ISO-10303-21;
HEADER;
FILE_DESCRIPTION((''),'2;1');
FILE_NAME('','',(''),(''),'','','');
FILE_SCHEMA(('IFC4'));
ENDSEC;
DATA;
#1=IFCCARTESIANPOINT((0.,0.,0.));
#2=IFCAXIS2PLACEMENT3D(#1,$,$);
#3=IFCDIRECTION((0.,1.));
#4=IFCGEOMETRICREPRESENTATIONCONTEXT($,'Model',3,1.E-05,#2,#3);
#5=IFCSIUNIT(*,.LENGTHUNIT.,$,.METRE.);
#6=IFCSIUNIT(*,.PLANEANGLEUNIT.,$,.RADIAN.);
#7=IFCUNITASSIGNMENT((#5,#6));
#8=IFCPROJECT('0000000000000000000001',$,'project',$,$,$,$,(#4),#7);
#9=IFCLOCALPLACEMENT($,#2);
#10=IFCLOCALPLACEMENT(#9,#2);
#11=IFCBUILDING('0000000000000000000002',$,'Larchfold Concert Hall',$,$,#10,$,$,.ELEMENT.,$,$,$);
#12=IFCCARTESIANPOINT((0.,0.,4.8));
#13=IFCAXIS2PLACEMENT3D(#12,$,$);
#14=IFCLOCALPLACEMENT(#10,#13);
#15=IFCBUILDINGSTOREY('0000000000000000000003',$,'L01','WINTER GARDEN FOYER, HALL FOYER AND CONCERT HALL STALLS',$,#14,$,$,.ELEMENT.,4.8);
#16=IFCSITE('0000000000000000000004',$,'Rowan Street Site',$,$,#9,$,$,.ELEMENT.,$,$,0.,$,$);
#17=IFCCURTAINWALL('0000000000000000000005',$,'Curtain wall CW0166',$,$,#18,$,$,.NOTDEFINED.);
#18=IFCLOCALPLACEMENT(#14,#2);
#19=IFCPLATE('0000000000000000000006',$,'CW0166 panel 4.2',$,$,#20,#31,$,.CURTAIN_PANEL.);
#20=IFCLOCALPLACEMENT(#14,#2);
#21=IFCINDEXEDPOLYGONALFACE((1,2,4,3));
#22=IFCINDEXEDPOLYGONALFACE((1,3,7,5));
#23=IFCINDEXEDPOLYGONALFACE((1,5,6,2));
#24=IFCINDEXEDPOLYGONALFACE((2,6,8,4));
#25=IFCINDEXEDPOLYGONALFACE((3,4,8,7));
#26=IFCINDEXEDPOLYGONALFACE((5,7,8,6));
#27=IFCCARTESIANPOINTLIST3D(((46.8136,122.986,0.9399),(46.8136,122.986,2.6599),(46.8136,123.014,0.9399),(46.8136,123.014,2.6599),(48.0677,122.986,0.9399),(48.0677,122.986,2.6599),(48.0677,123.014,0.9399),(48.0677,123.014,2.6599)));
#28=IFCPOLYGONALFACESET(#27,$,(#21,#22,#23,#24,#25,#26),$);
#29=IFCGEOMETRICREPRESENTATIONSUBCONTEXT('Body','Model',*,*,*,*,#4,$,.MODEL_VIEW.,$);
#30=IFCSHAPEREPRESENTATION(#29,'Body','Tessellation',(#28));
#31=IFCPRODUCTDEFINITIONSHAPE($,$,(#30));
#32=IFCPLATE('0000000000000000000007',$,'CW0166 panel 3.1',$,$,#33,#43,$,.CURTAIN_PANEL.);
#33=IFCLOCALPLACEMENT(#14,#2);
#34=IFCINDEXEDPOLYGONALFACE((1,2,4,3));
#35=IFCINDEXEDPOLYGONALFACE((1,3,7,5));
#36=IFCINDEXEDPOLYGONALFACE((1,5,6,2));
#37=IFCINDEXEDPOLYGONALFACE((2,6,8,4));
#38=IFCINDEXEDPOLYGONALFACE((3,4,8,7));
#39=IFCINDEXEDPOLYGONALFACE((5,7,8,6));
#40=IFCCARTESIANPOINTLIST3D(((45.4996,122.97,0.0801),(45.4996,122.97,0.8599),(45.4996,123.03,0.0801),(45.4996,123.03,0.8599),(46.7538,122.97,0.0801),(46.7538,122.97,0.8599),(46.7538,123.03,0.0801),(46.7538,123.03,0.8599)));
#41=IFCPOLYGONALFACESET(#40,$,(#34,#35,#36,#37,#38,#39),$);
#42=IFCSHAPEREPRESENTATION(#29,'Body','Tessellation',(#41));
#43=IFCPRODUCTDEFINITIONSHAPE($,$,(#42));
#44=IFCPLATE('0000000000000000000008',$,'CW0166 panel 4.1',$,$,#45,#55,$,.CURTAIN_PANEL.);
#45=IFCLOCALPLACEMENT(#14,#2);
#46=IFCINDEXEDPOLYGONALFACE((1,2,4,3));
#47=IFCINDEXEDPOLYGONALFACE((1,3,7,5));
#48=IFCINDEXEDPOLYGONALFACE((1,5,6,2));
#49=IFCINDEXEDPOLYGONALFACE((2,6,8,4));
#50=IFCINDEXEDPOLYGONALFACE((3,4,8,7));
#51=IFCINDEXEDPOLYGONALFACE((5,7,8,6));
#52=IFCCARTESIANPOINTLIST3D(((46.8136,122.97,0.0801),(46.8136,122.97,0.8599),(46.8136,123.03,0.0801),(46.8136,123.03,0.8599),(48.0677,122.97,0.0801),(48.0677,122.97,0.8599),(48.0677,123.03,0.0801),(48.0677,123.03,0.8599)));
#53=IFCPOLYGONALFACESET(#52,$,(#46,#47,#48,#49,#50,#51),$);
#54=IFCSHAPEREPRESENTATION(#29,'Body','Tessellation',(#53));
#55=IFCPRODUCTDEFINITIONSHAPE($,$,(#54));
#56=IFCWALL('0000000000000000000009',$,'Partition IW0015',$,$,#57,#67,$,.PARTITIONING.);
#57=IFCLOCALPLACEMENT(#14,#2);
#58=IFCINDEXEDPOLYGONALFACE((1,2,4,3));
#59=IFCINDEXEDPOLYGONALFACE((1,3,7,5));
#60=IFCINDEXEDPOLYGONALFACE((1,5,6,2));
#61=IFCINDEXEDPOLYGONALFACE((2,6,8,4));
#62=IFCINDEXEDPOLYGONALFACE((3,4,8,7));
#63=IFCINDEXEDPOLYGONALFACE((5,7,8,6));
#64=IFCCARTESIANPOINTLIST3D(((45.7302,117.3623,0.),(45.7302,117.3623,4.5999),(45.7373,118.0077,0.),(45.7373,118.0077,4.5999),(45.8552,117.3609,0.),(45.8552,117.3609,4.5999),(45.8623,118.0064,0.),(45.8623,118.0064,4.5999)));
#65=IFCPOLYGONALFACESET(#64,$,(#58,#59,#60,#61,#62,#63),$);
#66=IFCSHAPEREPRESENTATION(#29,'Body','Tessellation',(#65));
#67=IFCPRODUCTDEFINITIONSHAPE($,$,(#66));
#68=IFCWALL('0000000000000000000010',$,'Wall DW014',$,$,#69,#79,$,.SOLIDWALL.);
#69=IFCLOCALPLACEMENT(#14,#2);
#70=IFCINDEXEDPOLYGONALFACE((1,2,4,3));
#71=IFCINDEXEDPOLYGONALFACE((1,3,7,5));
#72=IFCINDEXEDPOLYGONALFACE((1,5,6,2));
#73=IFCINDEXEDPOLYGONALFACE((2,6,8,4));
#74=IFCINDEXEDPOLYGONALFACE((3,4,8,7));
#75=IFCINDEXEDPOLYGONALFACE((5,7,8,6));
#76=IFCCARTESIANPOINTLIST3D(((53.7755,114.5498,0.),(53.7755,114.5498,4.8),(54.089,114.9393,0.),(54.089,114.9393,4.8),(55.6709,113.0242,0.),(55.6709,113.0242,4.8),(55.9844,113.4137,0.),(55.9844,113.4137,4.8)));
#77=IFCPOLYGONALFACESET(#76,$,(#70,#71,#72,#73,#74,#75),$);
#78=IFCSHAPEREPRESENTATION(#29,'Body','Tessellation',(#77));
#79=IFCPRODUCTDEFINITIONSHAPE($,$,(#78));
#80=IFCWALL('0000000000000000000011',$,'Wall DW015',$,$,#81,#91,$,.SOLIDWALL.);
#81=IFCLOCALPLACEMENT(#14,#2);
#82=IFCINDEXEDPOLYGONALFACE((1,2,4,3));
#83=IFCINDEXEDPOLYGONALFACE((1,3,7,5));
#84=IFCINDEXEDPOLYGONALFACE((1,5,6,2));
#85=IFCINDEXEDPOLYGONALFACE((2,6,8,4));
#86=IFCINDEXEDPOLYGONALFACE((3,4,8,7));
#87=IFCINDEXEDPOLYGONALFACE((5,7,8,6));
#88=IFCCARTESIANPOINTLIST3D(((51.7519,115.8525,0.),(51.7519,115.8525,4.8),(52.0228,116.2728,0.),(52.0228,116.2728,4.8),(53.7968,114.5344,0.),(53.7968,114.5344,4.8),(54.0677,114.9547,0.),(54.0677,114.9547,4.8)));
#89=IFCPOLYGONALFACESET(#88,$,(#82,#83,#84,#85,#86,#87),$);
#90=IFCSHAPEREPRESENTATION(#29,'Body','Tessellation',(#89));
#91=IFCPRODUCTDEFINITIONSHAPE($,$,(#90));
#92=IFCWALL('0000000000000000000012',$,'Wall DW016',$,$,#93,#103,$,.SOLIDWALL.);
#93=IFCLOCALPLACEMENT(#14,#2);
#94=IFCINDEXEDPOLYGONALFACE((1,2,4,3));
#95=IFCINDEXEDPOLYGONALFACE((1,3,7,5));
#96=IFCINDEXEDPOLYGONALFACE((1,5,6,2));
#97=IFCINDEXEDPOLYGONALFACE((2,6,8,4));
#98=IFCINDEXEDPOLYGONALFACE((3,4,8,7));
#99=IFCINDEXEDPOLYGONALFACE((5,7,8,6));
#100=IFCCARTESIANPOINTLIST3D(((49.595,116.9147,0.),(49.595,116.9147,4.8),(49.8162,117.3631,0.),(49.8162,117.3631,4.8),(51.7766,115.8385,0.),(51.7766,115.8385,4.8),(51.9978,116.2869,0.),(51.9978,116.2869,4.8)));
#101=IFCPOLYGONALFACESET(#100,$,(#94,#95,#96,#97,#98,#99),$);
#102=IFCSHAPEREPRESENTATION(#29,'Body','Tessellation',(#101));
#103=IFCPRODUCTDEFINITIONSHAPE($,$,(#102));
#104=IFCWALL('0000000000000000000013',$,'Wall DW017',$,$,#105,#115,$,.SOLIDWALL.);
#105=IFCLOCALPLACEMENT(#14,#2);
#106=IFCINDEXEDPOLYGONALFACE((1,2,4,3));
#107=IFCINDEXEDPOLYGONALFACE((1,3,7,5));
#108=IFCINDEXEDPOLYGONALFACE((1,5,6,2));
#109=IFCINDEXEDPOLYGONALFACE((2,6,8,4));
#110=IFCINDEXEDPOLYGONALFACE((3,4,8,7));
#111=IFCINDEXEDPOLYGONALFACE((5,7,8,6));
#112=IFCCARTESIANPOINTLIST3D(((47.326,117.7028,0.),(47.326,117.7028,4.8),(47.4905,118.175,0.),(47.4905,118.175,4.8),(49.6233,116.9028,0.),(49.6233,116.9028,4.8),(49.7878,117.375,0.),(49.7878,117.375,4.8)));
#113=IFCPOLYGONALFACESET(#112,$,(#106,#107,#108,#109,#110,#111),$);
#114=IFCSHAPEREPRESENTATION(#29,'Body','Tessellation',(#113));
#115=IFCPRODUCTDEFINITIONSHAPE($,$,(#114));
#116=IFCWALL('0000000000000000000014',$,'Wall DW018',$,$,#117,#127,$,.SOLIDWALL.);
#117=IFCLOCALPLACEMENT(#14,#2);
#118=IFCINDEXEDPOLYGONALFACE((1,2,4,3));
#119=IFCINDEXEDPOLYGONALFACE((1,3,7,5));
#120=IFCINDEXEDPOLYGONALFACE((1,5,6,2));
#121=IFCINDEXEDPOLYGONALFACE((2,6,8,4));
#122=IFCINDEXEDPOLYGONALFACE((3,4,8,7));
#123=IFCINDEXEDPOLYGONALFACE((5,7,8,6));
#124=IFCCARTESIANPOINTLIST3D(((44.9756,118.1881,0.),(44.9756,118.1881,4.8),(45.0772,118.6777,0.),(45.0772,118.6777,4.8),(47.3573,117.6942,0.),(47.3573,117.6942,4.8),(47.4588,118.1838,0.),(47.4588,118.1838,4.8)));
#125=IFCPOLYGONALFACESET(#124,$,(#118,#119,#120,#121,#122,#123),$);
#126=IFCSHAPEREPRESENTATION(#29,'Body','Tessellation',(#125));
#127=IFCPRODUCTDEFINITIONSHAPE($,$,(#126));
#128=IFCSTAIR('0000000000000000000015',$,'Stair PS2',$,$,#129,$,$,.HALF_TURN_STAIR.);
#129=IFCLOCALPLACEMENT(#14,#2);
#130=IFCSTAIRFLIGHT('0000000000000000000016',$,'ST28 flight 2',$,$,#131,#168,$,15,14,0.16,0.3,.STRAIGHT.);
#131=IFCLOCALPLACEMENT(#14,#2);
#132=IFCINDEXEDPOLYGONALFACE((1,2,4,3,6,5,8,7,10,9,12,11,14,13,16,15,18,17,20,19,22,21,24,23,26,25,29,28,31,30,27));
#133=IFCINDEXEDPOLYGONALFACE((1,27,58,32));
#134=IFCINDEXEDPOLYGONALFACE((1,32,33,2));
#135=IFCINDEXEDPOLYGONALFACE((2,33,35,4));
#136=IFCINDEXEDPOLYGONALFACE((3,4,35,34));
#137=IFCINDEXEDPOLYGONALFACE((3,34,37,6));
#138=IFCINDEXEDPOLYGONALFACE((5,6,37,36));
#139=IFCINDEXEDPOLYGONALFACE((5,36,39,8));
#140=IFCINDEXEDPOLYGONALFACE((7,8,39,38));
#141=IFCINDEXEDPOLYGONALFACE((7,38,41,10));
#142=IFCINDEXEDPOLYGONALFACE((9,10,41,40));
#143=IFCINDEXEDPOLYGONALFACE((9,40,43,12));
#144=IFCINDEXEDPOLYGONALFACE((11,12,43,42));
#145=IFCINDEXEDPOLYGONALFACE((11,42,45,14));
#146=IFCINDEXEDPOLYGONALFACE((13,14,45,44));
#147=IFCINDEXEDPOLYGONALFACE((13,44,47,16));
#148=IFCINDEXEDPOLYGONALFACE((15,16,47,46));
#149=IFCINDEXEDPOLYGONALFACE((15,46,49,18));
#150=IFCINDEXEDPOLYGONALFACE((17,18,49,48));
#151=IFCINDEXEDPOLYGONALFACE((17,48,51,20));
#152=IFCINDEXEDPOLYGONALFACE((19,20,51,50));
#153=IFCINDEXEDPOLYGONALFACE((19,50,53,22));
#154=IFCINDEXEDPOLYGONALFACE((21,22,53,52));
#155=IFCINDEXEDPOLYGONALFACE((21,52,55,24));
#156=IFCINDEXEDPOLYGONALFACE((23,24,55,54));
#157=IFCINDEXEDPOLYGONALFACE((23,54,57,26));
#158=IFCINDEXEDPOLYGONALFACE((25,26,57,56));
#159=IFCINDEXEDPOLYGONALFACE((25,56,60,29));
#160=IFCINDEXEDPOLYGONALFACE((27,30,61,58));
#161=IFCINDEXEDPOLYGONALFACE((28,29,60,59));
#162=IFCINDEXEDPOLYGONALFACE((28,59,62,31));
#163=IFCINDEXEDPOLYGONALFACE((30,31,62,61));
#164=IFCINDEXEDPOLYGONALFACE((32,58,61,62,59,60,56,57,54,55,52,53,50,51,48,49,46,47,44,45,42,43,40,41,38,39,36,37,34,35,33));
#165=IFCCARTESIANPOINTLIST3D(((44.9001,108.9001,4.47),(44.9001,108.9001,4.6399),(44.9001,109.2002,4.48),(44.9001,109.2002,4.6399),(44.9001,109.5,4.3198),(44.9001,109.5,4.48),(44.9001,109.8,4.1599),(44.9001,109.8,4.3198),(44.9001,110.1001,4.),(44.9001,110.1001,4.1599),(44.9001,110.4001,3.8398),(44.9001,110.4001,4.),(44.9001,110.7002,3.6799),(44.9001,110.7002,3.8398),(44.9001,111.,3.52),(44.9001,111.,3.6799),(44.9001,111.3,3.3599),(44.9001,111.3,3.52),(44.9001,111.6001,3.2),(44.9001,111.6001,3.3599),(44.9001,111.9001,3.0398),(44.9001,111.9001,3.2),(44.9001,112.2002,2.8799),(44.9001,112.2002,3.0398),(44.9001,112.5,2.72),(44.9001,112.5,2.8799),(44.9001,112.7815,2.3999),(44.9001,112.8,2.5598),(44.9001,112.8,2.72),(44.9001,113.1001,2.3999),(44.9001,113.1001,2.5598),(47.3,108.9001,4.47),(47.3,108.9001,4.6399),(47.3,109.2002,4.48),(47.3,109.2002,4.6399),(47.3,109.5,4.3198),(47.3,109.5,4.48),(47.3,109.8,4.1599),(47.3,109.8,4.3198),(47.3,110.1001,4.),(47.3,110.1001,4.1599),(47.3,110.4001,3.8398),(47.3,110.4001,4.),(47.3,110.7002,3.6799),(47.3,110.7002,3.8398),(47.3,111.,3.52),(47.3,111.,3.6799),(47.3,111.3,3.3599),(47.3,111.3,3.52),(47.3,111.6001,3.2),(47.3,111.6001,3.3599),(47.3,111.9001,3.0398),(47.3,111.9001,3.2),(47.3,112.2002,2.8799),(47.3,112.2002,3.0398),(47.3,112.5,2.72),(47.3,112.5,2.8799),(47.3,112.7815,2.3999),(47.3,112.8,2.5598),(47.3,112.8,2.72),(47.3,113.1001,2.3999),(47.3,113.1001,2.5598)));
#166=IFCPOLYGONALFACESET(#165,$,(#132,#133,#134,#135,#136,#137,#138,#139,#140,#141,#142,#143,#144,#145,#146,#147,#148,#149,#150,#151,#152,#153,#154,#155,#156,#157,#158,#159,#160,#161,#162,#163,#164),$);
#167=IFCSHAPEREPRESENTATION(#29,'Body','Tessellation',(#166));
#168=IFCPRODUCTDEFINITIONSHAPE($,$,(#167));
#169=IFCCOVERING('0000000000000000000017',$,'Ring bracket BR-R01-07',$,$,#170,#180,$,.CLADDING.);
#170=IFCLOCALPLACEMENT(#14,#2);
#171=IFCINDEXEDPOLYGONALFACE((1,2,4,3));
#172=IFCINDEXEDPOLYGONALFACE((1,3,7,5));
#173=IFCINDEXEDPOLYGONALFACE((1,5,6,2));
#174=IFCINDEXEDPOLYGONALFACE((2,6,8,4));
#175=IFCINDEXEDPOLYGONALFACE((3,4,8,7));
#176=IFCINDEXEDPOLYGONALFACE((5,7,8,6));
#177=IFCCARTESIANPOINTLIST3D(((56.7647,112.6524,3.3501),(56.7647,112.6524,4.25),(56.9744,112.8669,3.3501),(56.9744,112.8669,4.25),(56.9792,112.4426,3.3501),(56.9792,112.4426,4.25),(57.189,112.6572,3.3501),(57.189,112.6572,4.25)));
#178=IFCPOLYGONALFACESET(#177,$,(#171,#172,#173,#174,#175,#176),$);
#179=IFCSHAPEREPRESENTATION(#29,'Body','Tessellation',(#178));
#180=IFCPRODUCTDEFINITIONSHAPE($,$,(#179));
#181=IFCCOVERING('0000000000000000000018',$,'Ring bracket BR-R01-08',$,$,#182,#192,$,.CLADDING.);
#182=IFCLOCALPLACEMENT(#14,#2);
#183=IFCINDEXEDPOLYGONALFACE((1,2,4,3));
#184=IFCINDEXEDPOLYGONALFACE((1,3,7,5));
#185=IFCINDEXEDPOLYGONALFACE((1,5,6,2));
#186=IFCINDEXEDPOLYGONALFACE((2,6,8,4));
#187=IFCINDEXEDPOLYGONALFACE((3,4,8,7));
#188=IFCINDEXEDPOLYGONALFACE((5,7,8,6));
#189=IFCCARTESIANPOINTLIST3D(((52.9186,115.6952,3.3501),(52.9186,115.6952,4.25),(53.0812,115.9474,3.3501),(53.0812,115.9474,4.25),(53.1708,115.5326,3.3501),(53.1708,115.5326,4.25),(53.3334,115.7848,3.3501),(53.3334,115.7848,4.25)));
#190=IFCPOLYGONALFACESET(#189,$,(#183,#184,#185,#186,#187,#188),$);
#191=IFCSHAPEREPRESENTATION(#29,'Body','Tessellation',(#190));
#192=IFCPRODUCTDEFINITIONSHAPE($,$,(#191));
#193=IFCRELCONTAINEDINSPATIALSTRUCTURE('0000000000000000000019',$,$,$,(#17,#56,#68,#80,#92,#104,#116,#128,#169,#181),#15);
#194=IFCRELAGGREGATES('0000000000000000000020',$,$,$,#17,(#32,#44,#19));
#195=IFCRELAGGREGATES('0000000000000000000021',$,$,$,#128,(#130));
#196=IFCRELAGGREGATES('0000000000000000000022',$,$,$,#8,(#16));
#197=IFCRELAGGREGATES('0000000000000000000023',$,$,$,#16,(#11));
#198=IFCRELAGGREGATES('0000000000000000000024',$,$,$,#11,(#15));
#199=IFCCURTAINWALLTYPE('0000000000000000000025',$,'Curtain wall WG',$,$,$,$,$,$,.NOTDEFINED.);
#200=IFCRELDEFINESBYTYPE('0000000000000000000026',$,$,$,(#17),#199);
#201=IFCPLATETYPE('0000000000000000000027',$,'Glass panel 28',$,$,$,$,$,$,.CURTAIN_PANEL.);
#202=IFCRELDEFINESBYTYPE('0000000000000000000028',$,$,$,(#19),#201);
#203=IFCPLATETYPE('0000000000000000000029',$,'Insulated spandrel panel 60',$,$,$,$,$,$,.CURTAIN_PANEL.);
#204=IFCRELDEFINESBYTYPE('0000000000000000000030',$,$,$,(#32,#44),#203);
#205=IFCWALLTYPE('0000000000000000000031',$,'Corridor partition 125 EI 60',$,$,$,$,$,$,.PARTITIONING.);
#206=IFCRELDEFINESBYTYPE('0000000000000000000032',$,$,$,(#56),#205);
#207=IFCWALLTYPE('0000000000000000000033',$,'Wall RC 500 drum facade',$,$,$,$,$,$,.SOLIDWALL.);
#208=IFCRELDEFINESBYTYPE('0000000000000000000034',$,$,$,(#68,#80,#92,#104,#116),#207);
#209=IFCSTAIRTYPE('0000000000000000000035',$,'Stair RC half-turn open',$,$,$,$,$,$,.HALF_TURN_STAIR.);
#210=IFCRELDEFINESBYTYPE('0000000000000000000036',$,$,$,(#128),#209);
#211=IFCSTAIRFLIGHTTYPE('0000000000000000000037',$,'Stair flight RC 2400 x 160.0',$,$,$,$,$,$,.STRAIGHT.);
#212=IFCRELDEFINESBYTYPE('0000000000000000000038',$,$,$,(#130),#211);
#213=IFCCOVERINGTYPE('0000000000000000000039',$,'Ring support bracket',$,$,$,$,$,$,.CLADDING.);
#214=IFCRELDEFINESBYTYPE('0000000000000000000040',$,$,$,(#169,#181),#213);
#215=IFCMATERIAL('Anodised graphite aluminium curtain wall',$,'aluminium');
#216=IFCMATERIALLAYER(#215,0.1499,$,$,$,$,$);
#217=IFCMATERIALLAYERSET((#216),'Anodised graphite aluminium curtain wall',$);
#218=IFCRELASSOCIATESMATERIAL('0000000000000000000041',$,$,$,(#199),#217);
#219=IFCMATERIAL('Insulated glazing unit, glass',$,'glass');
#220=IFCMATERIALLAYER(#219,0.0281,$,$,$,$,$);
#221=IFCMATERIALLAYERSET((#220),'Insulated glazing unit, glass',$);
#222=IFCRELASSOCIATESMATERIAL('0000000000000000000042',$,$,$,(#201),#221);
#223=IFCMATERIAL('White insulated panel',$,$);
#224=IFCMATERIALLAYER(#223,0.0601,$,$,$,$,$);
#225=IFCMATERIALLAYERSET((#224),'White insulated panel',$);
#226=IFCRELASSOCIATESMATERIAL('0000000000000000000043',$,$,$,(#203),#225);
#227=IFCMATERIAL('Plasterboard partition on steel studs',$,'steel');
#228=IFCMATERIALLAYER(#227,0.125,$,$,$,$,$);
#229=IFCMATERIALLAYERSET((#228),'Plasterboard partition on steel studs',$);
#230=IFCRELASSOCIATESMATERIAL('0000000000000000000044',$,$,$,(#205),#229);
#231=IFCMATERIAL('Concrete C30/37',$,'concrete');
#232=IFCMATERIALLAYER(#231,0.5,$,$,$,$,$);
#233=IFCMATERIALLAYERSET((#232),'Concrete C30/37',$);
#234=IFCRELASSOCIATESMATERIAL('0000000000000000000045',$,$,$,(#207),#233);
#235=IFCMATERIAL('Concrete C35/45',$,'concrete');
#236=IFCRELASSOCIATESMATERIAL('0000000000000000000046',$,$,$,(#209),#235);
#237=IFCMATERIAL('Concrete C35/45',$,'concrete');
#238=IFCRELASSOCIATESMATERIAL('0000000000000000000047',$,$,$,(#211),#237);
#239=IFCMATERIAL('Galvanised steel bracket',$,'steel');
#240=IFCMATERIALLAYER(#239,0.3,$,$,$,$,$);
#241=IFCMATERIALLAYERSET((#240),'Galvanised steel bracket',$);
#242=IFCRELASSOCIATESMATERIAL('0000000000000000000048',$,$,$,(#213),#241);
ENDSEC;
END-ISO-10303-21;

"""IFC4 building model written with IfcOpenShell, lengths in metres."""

from ifc_helpers import new_model, si_unit, direction, frame, frame_2d, origin, origin_2d, place, context, subcontext, project, spatial, polyline, rectangle, outline, extrude, material, layer, layer_set, type_object, element, aggregate, save


model = new_model("IFC4")

# Units and contexts
model_context = context("Model", 3, precision=1e-05, world=origin(), true_north=direction((0.0, 1.0)))
body_context = subcontext(model_context, "Body", "Model", "MODEL_VIEW")
ifc_project = project(units=[si_unit("LENGTHUNIT", "METRE"), si_unit("PLANEANGLEUNIT", "RADIAN")], contexts=[model_context])

# Site, building, storey
site_placement = place(None, origin())
site = spatial("IfcSite", under=ifc_project, at=site_placement, Name="Rowan Street Site", CompositionType="ELEMENT", RefElevation=0.0)
building_placement = place(site_placement, origin())
building = spatial("IfcBuilding", under=site, at=building_placement, Name="Larchfold Concert Hall", CompositionType="ELEMENT")
storey_placement = place(building_placement, frame((0.0, 0.0, 4.8)))
storey = spatial("IfcBuildingStorey", under=building, at=storey_placement, Name="L01", Description="WINTER GARDEN FOYER, HALL FOYER AND CONCERT HALL STALLS", CompositionType="ELEMENT", Elevation=4.8)

# Curtain wall, plates
ifc_material_1 = material(Name="Anodised graphite aluminium curtain wall", Category="aluminium")
ifc_layer_1 = layer(ifc_material_1, 0.1499)
ifc_layer_set_1 = layer_set([ifc_layer_1], Name="Anodised graphite aluminium curtain wall")
curtain_wall_type = type_object("IfcCurtainWallType", Name="Curtain wall WG", PredefinedType="NOTDEFINED", material=ifc_layer_set_1)
curtain_wall_placement = place(storey_placement, origin())
curtain_wall = element("IfcCurtainWall", 1, at=curtain_wall_placement, inside=storey, type_object=curtain_wall_type, Name="Curtain wall CW0166", PredefinedType="NOTDEFINED")
ifc_material_2 = material(Name="Insulated glazing unit, glass", Category="glass")
ifc_layer_2 = layer(ifc_material_2, 0.0281)
ifc_layer_set_2 = layer_set([ifc_layer_2], Name="Insulated glazing unit, glass")
plate_type_1 = type_object("IfcPlateType", Name="Glass panel 28", PredefinedType="CURTAIN_PANEL", material=ifc_layer_set_2)
plate_1_placement = place(storey_placement, frame((47.4407, 123.0, 0.9399), z_axis=(0.0, 0.0, 1.0), x_axis=(1.0, 0.0, 0.0)))
plate_1 = element("IfcPlate", 2, at=plate_1_placement, type_object=plate_type_1, Name="CW0166 panel 4.2", PredefinedType="CURTAIN_PANEL", context=body_context, shape_type="SweptSolid", body=[
    extrude(rectangle(XDim=1.2542, YDim=0.0281, at=origin_2d()), origin(), (0.0, 0.0, 1.0), 1.72),
])
ifc_material_3 = material(Name="White insulated panel")
ifc_layer_3 = layer(ifc_material_3, 0.0601)
ifc_layer_set_3 = layer_set([ifc_layer_3], Name="White insulated panel")
plate_type_2 = type_object("IfcPlateType", Name="Insulated spandrel panel 60", PredefinedType="CURTAIN_PANEL", material=ifc_layer_set_3)
plate_2_placement = place(storey_placement, frame((46.1267, 123.0, 0.0801), z_axis=(0.0, 0.0, 1.0), x_axis=(1.0, 0.0, 0.0)))
plate_2 = element("IfcPlate", 3, at=plate_2_placement, type_object=plate_type_2, Name="CW0166 panel 3.1", PredefinedType="CURTAIN_PANEL", context=body_context, shape_type="SweptSolid", body=[
    extrude(rectangle(XDim=1.2542, YDim=0.0601, at=origin_2d()), origin(), (0.0, 0.0, 1.0), 0.7798),
])
plate_3_placement = place(storey_placement, frame((47.4407, 123.0, 0.0801), z_axis=(0.0, 0.0, 1.0), x_axis=(1.0, 0.0, 0.0)))
plate_3 = element("IfcPlate", 4, at=plate_3_placement, type_object=plate_type_2, Name="CW0166 panel 4.1", PredefinedType="CURTAIN_PANEL", context=body_context, shape_type="SweptSolid", body=[
    extrude(rectangle(XDim=1.2542, YDim=0.0601, at=origin_2d()), origin(), (0.0, 0.0, 1.0), 0.7798),
])
aggregate(curtain_wall, [plate_2, plate_3, plate_1])

# Walls
ifc_material_4 = material(Name="Plasterboard partition on steel studs", Category="steel")
ifc_layer_4 = layer(ifc_material_4, 0.125)
ifc_layer_set_4 = layer_set([ifc_layer_4], Name="Plasterboard partition on steel studs")
wall_type_1 = type_object("IfcWallType", Name="Corridor partition 125 EI 60", PredefinedType="PARTITIONING", material=ifc_layer_set_4)
wall_1_placement = place(storey_placement, frame((45.7927, 117.3616, 0.0), z_axis=(0.0, 0.0, 1.0), x_axis=(0.010968, 0.99994, 0.0)))
element("IfcWall", 5, at=wall_1_placement, inside=storey, type_object=wall_type_1, Name="Partition IW0015", PredefinedType="PARTITIONING", context=body_context, shape_type="SweptSolid", body=[
    extrude(rectangle(XDim=0.6455, YDim=0.125, at=frame_2d((0.3228, 0.0))), origin(), (0.0, 0.0, 1.0), 4.5999),
])
ifc_material_5 = material(Name="Concrete C30/37", Category="concrete")
ifc_layer_5 = layer(ifc_material_5, 0.5)
ifc_layer_set_5 = layer_set([ifc_layer_5], Name="Concrete C30/37")
wall_type_2 = type_object("IfcWallType", Name="Wall RC 500 drum facade", PredefinedType="SOLIDWALL", material=ifc_layer_set_5)
wall_2_placement = place(storey_placement, frame((55.8276, 113.219, 0.0), z_axis=(0.0, 0.0, 1.0), x_axis=(-0.779015, 0.627005, 0.0)))
element("IfcWall", 6, at=wall_2_placement, inside=storey, type_object=wall_type_2, Name="Wall DW014", PredefinedType="SOLIDWALL", context=body_context, shape_type="SweptSolid", body=[
    extrude(rectangle(XDim=2.4331, YDim=0.5, at=frame_2d((1.2166, 0.0))), origin(), (0.0, 0.0, 1.0), 4.8),
])
wall_3_placement = place(storey_placement, frame((53.9321, 114.7446, 0.0), z_axis=(0.0, 0.0, 1.0), x_axis=(-0.840519, 0.541782, 0.0)))
element("IfcWall", 7, at=wall_3_placement, inside=storey, type_object=wall_type_2, Name="Wall DW015", PredefinedType="SOLIDWALL", context=body_context, shape_type="SweptSolid", body=[
    extrude(rectangle(XDim=2.4329, YDim=0.5, at=frame_2d((1.2163, 0.0))), origin(), (0.0, 0.0, 1.0), 4.8),
])
for number, where, z_axis, x_axis, name in (
    (8, (51.8872, 116.0627, 0.0), (0.0, 0.0, 1.0), (-0.896823, 0.44239, 0.0), "Wall DW016"),
    (9, (49.7056, 117.1389, 0.0), (0.0, 0.0, 1.0), (-0.944374, 0.328875, 0.0), "Wall DW017"),
):
    element("IfcWall", number, at=place(storey_placement, frame(where, z_axis=z_axis, x_axis=x_axis)), inside=storey, type_object=wall_type_2, Name=name, PredefinedType="SOLIDWALL", context=body_context, shape_type="SweptSolid", body=[
        extrude(rectangle(XDim=2.4326, YDim=0.5, at=frame_2d((1.2163, 0.0))), origin(), (0.0, 0.0, 1.0), 4.8),
    ])
wall_4_placement = place(storey_placement, frame((47.4082, 117.939, 0.0), z_axis=(0.0, 0.0, 1.0), x_axis=(-0.979166, 0.20306, 0.0)))
element("IfcWall", 10, at=wall_4_placement, inside=storey, type_object=wall_type_2, Name="Wall DW018", PredefinedType="SOLIDWALL", context=body_context, shape_type="SweptSolid", body=[
    extrude(rectangle(XDim=2.4324, YDim=0.5, at=frame_2d((1.2163, 0.0))), origin(), (0.0, 0.0, 1.0), 4.8),
])

# Stair, stair flight
ifc_material_6 = material(Name="Concrete C35/45", Category="concrete")
stair_type = type_object("IfcStairType", Name="Stair RC half-turn open", PredefinedType="HALF_TURN_STAIR", material=ifc_material_6)
stair_placement = place(storey_placement, origin())
stair = element("IfcStair", 11, at=stair_placement, inside=storey, type_object=stair_type, Name="Stair PS2", PredefinedType="HALF_TURN_STAIR")
ifc_material_7 = material(Name="Concrete C35/45", Category="concrete")
stair_flight_type = type_object("IfcStairFlightType", Name="Stair flight RC 2400 x 160.0", PredefinedType="STRAIGHT", material=ifc_material_7)
stair_flight_placement = place(storey_placement, frame((46.1001, 113.1001, 2.3999), z_axis=(0.0, 0.0, 1.0), x_axis=(0.0, -1.0, 0.0)))
stair_flight = element("IfcStairFlight", 12, at=stair_flight_placement, type_object=stair_flight_type, Name="ST28 flight 2", NumberOfRisers=15, NumberOfTreads=14, PredefinedType="STRAIGHT", RiserHeight=0.16, TreadLength=0.3, context=body_context, shape_type="SweptSolid", body=[
    extrude(outline(polyline([(0.0, 0.0), (0.0, 0.1599), (0.3, 0.1599), (0.3, 0.3201), (0.6001, 0.3201), (0.6001, 0.48), (0.8999, 0.48), (0.8999, 0.6399), (1.2, 0.6399), (1.2, 0.8), (1.5, 0.8), (1.5, 0.96), (1.8, 0.96), (1.8, 1.1201), (2.1001, 1.1201), (2.1001, 1.28), (2.3999, 1.28), (2.3999, 1.4399), (2.7, 1.4399), (2.7, 1.6001), (3.0, 1.6001), (3.0, 1.76), (3.3, 1.76), (3.3, 1.9199), (3.6001, 1.9199), (3.6001, 2.0801), (3.8999, 2.0801), (3.8999, 2.24), (4.2, 2.24), (4.2, 2.3999), (4.2, 2.0701), (0.3186, 0.0), (0.0, 0.0)])), frame((0.0, 1.2, 0.0), z_axis=(0.0, -1.0, 0.0), x_axis=(1.0, 0.0, 0.0)), (0.0, 0.0, 1.0), 2.3999),
])
aggregate(stair, [stair_flight])

# Coverings
ifc_material_8 = material(Name="Galvanised steel bracket", Category="steel")
ifc_layer_6 = layer(ifc_material_8, 0.3)
ifc_layer_set_6 = layer_set([ifc_layer_6], Name="Galvanised steel bracket")
covering_type = type_object("IfcCoveringType", Name="Ring support bracket", PredefinedType="CLADDING", material=ifc_layer_set_6)
for number, where, z_axis, x_axis, name in (
    (13, (56.9768, 112.6548, 3.3501), (0.0, 0.0, 1.0), (0.699161, 0.714965, 0.0), "Ring bracket BR-R01-07"),
    (14, (53.126, 115.74, 3.3501), (0.0, 0.0, 1.0), (0.54181, 0.840501, 0.0), "Ring bracket BR-R01-08"),
):
    element("IfcCovering", number, at=place(storey_placement, frame(where, z_axis=z_axis, x_axis=x_axis)), inside=storey, type_object=covering_type, Name=name, PredefinedType="CLADDING", context=body_context, shape_type="SweptSolid", body=[
        extrude(rectangle(XDim=0.3, YDim=0.3, at=origin_2d()), origin(), (0.0, 0.0, 1.0), 0.8999),
    ])

save(model, "model.ifc")
